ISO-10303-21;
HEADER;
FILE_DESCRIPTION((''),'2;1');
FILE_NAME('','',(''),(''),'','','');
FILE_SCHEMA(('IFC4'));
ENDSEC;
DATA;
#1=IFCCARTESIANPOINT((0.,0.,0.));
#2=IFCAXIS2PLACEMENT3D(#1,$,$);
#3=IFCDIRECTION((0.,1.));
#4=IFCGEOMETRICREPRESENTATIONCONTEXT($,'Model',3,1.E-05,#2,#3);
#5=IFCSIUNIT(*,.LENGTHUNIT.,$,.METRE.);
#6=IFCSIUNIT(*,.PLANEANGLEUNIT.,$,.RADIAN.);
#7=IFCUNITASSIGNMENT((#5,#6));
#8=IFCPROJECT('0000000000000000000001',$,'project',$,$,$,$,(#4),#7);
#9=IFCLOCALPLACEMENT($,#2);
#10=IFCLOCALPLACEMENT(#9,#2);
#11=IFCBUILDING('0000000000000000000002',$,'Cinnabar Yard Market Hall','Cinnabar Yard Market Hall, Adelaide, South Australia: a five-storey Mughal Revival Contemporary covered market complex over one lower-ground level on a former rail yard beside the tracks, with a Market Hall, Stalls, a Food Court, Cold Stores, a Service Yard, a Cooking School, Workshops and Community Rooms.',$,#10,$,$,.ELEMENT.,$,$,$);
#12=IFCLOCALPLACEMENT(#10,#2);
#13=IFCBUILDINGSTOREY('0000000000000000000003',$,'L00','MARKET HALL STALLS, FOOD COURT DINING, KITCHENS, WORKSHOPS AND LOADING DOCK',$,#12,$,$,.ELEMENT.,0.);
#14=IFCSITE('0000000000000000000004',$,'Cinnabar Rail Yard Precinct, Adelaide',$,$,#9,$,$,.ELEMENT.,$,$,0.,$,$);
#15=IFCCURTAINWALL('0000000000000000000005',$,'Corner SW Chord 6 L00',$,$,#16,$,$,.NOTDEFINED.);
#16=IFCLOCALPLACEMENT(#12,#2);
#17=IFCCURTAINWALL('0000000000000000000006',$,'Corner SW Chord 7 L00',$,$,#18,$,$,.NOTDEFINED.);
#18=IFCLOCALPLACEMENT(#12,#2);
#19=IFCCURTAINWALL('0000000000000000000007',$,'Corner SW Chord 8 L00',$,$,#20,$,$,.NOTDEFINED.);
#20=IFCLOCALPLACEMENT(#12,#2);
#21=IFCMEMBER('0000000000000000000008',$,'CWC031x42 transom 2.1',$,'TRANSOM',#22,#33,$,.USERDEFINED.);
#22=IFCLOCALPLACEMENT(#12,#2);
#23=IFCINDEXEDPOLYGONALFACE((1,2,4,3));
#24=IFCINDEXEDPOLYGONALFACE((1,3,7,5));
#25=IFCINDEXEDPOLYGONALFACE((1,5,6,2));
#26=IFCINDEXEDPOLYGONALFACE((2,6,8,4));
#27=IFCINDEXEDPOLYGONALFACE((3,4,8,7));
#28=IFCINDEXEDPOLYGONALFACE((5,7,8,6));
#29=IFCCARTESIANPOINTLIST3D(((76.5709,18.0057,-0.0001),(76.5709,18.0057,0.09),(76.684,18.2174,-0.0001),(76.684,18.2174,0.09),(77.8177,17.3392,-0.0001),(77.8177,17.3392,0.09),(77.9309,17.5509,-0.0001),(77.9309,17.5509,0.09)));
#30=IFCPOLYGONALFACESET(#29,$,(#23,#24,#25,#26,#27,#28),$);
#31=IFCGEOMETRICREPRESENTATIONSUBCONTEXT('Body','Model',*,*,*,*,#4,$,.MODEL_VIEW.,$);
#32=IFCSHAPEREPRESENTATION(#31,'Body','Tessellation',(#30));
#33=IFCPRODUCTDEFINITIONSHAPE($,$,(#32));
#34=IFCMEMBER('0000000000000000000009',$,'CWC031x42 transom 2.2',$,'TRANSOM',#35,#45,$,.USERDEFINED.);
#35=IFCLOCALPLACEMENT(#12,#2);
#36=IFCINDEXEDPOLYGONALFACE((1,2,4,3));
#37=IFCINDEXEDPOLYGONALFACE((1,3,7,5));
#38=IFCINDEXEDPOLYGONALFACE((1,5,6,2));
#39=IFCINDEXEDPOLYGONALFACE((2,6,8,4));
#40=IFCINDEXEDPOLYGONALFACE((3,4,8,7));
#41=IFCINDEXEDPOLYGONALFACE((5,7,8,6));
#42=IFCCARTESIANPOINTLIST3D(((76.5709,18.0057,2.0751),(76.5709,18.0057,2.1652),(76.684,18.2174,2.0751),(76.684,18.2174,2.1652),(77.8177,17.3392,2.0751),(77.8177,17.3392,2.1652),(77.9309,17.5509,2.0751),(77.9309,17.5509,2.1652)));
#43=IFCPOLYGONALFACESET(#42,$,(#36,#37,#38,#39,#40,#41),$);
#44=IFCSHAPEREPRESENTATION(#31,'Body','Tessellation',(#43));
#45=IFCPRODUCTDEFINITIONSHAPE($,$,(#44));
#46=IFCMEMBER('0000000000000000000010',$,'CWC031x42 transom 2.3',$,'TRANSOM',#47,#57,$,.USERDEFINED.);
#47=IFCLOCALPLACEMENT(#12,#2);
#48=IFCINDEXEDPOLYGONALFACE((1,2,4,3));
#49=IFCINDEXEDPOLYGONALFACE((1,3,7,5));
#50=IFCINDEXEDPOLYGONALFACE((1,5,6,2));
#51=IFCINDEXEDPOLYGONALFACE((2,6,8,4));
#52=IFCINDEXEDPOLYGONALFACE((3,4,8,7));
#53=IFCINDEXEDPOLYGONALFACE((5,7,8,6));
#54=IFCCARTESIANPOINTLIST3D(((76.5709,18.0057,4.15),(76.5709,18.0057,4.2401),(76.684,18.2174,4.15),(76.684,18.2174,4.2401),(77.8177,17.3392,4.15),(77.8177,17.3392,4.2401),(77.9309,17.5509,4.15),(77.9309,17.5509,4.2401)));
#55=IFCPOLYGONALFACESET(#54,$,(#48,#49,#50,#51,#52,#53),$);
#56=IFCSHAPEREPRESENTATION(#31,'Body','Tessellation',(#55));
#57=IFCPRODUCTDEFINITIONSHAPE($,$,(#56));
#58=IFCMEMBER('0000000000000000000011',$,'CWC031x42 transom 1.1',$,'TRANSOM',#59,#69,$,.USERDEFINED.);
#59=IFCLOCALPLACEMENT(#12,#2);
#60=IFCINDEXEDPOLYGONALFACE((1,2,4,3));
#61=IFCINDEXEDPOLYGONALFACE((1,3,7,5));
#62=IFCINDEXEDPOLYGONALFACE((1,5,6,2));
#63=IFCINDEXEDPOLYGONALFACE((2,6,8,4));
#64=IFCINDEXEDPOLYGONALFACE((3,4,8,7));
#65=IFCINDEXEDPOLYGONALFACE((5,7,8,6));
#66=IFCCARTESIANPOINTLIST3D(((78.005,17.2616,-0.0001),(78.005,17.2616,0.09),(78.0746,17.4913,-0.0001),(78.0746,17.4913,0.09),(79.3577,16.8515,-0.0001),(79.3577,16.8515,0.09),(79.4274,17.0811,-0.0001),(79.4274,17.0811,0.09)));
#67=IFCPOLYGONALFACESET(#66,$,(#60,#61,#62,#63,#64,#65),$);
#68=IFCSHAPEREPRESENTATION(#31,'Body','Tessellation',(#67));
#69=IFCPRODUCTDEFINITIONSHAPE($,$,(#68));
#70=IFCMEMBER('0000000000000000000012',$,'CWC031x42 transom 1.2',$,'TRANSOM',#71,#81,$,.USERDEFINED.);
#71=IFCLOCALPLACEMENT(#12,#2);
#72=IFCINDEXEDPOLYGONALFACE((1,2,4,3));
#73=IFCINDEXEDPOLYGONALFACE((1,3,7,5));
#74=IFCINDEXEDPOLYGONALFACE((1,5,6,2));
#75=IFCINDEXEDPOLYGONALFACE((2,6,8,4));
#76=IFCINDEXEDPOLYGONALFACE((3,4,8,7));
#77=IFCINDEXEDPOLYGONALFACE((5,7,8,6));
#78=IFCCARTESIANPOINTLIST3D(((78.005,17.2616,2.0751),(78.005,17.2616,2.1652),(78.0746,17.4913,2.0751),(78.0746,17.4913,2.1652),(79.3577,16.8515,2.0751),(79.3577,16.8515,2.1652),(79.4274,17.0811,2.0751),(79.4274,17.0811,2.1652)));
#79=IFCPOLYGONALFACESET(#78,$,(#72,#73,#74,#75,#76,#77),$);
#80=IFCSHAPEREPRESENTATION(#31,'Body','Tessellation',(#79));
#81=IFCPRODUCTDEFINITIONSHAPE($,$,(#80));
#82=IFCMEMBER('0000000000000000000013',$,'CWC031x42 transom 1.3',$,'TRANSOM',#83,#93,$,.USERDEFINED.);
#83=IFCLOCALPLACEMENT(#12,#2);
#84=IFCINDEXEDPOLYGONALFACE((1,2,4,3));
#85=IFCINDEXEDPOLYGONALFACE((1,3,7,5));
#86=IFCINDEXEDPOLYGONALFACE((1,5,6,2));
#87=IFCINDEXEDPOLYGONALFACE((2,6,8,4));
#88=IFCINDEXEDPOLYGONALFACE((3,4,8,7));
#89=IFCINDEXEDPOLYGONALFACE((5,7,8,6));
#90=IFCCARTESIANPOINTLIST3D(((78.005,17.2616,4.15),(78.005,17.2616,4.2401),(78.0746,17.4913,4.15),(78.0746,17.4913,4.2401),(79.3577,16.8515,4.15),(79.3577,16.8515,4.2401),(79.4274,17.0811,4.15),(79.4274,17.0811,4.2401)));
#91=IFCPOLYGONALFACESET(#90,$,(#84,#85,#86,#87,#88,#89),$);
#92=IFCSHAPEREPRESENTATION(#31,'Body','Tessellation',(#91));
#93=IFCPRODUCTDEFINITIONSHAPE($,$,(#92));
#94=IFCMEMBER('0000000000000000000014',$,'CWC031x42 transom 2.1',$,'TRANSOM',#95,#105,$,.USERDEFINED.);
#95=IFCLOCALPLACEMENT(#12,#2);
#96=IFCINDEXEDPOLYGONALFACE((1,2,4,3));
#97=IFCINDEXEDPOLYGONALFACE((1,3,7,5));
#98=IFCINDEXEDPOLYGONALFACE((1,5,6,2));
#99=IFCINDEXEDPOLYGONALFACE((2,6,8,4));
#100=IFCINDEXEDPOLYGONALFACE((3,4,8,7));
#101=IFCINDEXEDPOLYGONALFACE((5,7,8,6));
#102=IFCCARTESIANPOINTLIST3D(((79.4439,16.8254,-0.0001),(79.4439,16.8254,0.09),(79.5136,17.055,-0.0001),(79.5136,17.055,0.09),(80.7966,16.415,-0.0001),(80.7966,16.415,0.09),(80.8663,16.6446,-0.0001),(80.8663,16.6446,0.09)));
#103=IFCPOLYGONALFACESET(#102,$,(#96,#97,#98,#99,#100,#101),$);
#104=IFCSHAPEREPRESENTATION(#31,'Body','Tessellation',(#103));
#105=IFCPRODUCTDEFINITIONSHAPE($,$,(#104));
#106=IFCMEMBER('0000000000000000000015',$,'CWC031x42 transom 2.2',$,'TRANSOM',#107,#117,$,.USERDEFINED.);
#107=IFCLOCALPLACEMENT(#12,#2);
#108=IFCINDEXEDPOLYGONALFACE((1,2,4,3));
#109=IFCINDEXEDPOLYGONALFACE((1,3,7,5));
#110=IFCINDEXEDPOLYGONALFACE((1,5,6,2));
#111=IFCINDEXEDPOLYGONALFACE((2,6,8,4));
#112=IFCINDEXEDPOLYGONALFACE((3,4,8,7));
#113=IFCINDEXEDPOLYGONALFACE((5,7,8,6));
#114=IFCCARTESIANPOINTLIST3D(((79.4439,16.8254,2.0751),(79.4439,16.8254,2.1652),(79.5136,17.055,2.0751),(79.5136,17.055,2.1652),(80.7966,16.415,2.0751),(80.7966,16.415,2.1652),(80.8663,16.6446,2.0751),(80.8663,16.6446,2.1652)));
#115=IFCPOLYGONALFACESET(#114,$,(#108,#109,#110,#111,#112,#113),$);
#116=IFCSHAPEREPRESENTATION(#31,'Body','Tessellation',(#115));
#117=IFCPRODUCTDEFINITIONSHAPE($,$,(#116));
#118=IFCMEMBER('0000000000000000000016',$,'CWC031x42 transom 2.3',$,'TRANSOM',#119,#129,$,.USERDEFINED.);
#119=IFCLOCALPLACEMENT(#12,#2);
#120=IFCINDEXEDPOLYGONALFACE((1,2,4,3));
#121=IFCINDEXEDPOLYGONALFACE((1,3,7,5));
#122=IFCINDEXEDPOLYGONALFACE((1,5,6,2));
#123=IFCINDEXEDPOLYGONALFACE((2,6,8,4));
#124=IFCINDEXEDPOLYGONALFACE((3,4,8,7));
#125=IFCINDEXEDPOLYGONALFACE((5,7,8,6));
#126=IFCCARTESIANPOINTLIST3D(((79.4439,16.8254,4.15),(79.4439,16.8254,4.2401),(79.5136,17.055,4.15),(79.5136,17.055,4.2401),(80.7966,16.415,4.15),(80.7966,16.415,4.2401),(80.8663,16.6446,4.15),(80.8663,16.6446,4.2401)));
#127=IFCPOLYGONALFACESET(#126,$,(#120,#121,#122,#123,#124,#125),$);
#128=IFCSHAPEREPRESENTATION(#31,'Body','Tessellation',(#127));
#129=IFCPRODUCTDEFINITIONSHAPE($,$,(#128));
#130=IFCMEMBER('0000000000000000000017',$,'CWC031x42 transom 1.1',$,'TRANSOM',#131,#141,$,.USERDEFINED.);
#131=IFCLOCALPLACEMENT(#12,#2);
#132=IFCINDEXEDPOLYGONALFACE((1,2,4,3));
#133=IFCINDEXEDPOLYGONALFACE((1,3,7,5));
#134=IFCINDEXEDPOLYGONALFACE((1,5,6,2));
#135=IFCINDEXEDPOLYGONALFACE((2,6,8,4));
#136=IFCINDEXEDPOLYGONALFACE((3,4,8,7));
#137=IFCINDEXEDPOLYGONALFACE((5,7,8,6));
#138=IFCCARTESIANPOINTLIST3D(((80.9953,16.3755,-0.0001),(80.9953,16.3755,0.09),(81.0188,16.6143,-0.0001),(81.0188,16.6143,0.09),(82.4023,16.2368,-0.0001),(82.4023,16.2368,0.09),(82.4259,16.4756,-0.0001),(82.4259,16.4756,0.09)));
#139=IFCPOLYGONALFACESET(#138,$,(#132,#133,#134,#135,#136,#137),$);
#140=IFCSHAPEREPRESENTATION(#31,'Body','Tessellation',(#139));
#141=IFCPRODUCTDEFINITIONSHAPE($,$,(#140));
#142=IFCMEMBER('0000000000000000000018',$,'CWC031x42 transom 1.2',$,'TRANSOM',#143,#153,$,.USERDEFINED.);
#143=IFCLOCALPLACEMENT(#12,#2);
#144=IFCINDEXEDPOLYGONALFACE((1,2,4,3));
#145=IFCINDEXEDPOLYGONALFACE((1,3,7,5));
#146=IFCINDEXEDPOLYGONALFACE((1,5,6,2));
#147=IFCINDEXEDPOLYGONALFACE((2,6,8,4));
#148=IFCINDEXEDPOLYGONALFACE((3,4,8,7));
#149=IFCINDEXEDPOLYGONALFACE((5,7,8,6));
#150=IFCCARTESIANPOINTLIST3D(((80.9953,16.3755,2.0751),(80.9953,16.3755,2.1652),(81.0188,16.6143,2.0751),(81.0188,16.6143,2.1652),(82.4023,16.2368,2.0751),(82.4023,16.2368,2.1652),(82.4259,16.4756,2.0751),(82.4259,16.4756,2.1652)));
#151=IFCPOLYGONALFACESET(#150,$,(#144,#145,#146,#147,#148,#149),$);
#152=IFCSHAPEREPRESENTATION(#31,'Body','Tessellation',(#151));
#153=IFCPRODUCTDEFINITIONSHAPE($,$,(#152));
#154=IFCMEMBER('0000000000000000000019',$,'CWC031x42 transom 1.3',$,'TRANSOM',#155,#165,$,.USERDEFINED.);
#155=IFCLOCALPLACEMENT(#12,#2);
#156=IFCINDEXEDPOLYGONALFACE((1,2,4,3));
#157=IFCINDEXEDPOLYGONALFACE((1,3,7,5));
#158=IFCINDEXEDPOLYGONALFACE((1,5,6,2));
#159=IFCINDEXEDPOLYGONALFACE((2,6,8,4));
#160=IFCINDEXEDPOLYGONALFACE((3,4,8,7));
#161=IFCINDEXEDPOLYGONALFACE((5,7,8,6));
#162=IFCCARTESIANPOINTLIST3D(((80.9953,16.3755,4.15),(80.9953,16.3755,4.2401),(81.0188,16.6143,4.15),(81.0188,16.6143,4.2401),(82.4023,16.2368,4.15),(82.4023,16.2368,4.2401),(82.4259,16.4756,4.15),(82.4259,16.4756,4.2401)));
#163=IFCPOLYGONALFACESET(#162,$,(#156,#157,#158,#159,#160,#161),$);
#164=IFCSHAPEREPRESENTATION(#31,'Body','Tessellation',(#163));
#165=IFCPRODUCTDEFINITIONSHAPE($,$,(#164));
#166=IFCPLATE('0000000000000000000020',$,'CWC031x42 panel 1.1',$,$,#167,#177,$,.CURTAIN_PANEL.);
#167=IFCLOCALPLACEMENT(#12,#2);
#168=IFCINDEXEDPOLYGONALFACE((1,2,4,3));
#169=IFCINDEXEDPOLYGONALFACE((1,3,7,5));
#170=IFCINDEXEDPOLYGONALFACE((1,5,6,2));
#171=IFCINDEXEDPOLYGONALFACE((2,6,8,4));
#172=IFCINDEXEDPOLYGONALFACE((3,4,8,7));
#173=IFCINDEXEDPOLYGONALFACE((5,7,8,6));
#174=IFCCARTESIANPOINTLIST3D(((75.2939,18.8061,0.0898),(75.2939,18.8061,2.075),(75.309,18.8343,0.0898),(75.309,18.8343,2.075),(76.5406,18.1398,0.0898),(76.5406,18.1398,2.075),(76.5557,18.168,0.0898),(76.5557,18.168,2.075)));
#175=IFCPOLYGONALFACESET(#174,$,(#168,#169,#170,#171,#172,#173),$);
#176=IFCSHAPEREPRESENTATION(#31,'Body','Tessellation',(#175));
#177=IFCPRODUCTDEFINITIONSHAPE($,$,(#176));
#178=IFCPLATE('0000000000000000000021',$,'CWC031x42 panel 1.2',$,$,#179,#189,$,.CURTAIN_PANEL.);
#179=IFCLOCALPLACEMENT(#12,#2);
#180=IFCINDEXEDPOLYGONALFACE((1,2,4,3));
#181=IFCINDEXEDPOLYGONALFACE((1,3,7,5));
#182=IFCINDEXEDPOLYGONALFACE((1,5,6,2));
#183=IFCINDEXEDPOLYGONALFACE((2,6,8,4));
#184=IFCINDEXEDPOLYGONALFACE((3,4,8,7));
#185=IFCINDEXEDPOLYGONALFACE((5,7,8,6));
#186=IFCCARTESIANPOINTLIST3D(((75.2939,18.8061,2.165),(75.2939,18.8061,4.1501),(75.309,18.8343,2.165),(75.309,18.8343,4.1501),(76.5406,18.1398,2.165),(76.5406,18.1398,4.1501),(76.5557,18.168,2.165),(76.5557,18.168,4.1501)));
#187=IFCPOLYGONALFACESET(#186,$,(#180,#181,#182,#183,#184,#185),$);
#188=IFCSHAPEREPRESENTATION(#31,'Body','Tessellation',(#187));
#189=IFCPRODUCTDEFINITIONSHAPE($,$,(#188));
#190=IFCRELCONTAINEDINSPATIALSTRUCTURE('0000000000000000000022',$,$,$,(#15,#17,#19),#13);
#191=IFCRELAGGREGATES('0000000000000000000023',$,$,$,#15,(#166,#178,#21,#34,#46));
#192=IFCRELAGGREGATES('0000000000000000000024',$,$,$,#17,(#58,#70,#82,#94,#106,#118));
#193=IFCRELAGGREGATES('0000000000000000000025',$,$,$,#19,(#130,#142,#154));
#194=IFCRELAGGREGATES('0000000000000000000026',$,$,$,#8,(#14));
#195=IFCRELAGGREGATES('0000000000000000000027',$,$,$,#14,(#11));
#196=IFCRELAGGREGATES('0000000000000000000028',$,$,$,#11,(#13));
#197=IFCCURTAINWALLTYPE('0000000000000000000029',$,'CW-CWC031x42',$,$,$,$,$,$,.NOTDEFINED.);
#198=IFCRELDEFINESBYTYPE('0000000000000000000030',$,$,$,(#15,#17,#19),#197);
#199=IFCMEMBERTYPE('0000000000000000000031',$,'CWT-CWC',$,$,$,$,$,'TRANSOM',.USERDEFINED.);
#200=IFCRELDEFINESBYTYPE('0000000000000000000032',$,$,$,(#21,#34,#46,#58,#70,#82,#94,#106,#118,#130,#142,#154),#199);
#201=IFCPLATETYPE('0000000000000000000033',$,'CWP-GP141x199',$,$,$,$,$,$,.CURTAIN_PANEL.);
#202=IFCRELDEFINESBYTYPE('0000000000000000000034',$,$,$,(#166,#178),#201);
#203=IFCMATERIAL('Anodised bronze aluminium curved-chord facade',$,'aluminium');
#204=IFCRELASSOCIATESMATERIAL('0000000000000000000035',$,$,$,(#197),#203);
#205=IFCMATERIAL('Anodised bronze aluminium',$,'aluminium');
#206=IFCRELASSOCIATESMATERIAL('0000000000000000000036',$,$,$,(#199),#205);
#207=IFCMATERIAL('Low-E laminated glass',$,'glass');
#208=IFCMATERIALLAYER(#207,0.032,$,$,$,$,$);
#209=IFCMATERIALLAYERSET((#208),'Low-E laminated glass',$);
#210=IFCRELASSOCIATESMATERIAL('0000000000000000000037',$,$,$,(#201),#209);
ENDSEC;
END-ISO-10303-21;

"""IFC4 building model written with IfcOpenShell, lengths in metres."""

from ifc_helpers import new_model, si_unit, direction, frame, origin, origin_2d_with_axis, place, context, subcontext, project, spatial, rectangle, extrude, material, layer, layer_set, material_profile, profile_set, type_object, element, aggregate, save


model = new_model("IFC4")

# Units and contexts
model_context = context("Model", 3, precision=1e-05, world=origin(), true_north=direction((0.0, 1.0)))
body_context = subcontext(model_context, "Body", "Model", "MODEL_VIEW")
ifc_project = project(units=[si_unit("LENGTHUNIT", "METRE"), si_unit("PLANEANGLEUNIT", "RADIAN")], contexts=[model_context])

# Site, building, storey
site_placement = place(None, origin())
site = spatial("IfcSite", under=ifc_project, at=site_placement, Name="Cinnabar Rail Yard Precinct, Adelaide", CompositionType="ELEMENT", RefElevation=0.0)
building_placement = place(site_placement, origin())
building = spatial("IfcBuilding", under=site, at=building_placement, Name="Cinnabar Yard Market Hall", Description="Cinnabar Yard Market Hall, Adelaide, South Australia: a five-storey Mughal Revival Contemporary covered market complex over one lower-ground level on a former rail yard beside the tracks, with a Market Hall, Stalls, a Food Court, Cold Stores, a Service Yard, a Cooking School, Workshops and Community Rooms.", CompositionType="ELEMENT")
storey_placement = place(building_placement, origin())
storey = spatial("IfcBuildingStorey", under=building, at=storey_placement, Name="L00", Description="MARKET HALL STALLS, FOOD COURT DINING, KITCHENS, WORKSHOPS AND LOADING DOCK", CompositionType="ELEMENT", Elevation=0.0)

# Curtain walls
ifc_material_1 = material(Name="Anodised bronze aluminium curved-chord facade", Category="aluminium")
curtain_wall_type = type_object("IfcCurtainWallType", Name="CW-CWC031x42", PredefinedType="NOTDEFINED", material=ifc_material_1)
curtain_wall_1_placement = place(storey_placement, origin())
curtain_wall_1 = element("IfcCurtainWall", 1, at=curtain_wall_1_placement, inside=storey, type_object=curtain_wall_type, Name="Corner SW Chord 6 L00", PredefinedType="NOTDEFINED")
ifc_material_2 = material(Name="Anodised bronze aluminium", Category="aluminium")
curtain_wall_2_placement = place(storey_placement, origin())
curtain_wall_2 = element("IfcCurtainWall", 2, at=curtain_wall_2_placement, inside=storey, type_object=curtain_wall_type, Name="Corner SW Chord 7 L00", PredefinedType="NOTDEFINED")

# Curtain wall
curtain_wall_3_placement = place(storey_placement, origin())
curtain_wall_3 = element("IfcCurtainWall", 3, at=curtain_wall_3_placement, inside=storey, type_object=curtain_wall_type, Name="Corner SW Chord 8 L00", PredefinedType="NOTDEFINED")

# Members
ifc_material_profile_1 = material_profile(ifc_material_2, rectangle(XDim=0.24, YDim=0.0901, at=origin_2d_with_axis()), Name="TRN-CWC")
ifc_profile_set_1 = profile_set([ifc_material_profile_1], Name="Anodised bronze aluminium")
member_type_1 = type_object("IfcMemberType", Name="CWT-CWC", ElementType="TRANSOM", PredefinedType="USERDEFINED", material=ifc_profile_set_1)
member_1_placement = place(storey_placement, frame((76.6274, 18.1116, 0.0449), z_axis=(0.881903, -0.471431, 0.0), x_axis=(0.471431, 0.881903, 0.0)))
member_1 = element("IfcMember", 4, at=member_1_placement, type_object=member_type_1, Name="CWC031x42 transom 2.1", ObjectType="TRANSOM", PredefinedType="USERDEFINED", context=body_context, shape_type="SweptSolid", body=[
    extrude(rectangle(XDim=0.24, YDim=0.0901, at=origin_2d_with_axis()), origin(), (0.0, 0.0, 1.0), 1.4138),
])
member_2_placement = place(storey_placement, frame((76.6274, 18.1116, 2.1201), z_axis=(0.881903, -0.471431, 0.0), x_axis=(0.471431, 0.881903, 0.0)))
member_2 = element("IfcMember", 5, at=member_2_placement, type_object=member_type_1, Name="CWC031x42 transom 2.2", ObjectType="TRANSOM", PredefinedType="USERDEFINED", context=body_context, shape_type="SweptSolid", body=[
    extrude(rectangle(XDim=0.24, YDim=0.0901, at=origin_2d_with_axis()), origin(), (0.0, 0.0, 1.0), 1.4138),
])
member_3_placement = place(storey_placement, frame((76.6274, 18.1116, 4.1951), z_axis=(0.881903, -0.471431, 0.0), x_axis=(0.471431, 0.881903, 0.0)))
member_3 = element("IfcMember", 6, at=member_3_placement, type_object=member_type_1, Name="CWC031x42 transom 2.3", ObjectType="TRANSOM", PredefinedType="USERDEFINED", context=body_context, shape_type="SweptSolid", body=[
    extrude(rectangle(XDim=0.24, YDim=0.0901, at=origin_2d_with_axis()), origin(), (0.0, 0.0, 1.0), 1.4138),
])
member_4_placement = place(storey_placement, frame((78.0398, 17.3765, 0.0449), z_axis=(0.956981, -0.290151, 0.0), x_axis=(0.290151, 0.956981, 0.0)))
member_4 = element("IfcMember", 7, at=member_4_placement, type_object=member_type_1, Name="CWC031x42 transom 1.1", ObjectType="TRANSOM", PredefinedType="USERDEFINED", context=body_context, shape_type="SweptSolid", body=[
    extrude(rectangle(XDim=0.24, YDim=0.0901, at=origin_2d_with_axis()), origin(), (0.0, 0.0, 1.0), 1.4136),
])
member_5_placement = place(storey_placement, frame((78.0398, 17.3765, 2.1201), z_axis=(0.956981, -0.290151, 0.0), x_axis=(0.290151, 0.956981, 0.0)))
member_5 = element("IfcMember", 8, at=member_5_placement, type_object=member_type_1, Name="CWC031x42 transom 1.2", ObjectType="TRANSOM", PredefinedType="USERDEFINED", context=body_context, shape_type="SweptSolid", body=[
    extrude(rectangle(XDim=0.24, YDim=0.0901, at=origin_2d_with_axis()), origin(), (0.0, 0.0, 1.0), 1.4136),
])
member_6_placement = place(storey_placement, frame((78.0398, 17.3765, 4.1951), z_axis=(0.956981, -0.290151, 0.0), x_axis=(0.290151, 0.956981, 0.0)))
member_6 = element("IfcMember", 9, at=member_6_placement, type_object=member_type_1, Name="CWC031x42 transom 1.3", ObjectType="TRANSOM", PredefinedType="USERDEFINED", context=body_context, shape_type="SweptSolid", body=[
    extrude(rectangle(XDim=0.24, YDim=0.0901, at=origin_2d_with_axis()), origin(), (0.0, 0.0, 1.0), 1.4136),
])
member_7_placement = place(storey_placement, frame((79.4788, 16.9402, 0.0449), z_axis=(0.956933, -0.290309, 0.0), x_axis=(0.290309, 0.956933, 0.0)))
member_7 = element("IfcMember", 10, at=member_7_placement, type_object=member_type_1, Name="CWC031x42 transom 2.1", ObjectType="TRANSOM", PredefinedType="USERDEFINED", context=body_context, shape_type="SweptSolid", body=[
    extrude(rectangle(XDim=0.24, YDim=0.0901, at=origin_2d_with_axis()), origin(), (0.0, 0.0, 1.0), 1.4136),
])
member_8_placement = place(storey_placement, frame((79.4788, 16.9402, 2.1201), z_axis=(0.956933, -0.290309, 0.0), x_axis=(0.290309, 0.956933, 0.0)))
member_8 = element("IfcMember", 11, at=member_8_placement, type_object=member_type_1, Name="CWC031x42 transom 2.2", ObjectType="TRANSOM", PredefinedType="USERDEFINED", context=body_context, shape_type="SweptSolid", body=[
    extrude(rectangle(XDim=0.24, YDim=0.0901, at=origin_2d_with_axis()), origin(), (0.0, 0.0, 1.0), 1.4136),
])
member_9_placement = place(storey_placement, frame((79.4788, 16.9402, 4.1951), z_axis=(0.956933, -0.290309, 0.0), x_axis=(0.290309, 0.956933, 0.0)))
member_9 = element("IfcMember", 12, at=member_9_placement, type_object=member_type_1, Name="CWC031x42 transom 2.3", ObjectType="TRANSOM", PredefinedType="USERDEFINED", context=body_context, shape_type="SweptSolid", body=[
    extrude(rectangle(XDim=0.24, YDim=0.0901, at=origin_2d_with_axis()), origin(), (0.0, 0.0, 1.0), 1.4136),
])
member_10_placement = place(storey_placement, frame((81.0071, 16.4949, 0.0449), z_axis=(0.995178, -0.098085, 0.0), x_axis=(0.098085, 0.995178, 0.0)))
member_10 = element("IfcMember", 13, at=member_10_placement, type_object=member_type_1, Name="CWC031x42 transom 1.1", ObjectType="TRANSOM", PredefinedType="USERDEFINED", context=body_context, shape_type="SweptSolid", body=[
    extrude(rectangle(XDim=0.24, YDim=0.0901, at=origin_2d_with_axis()), origin(), (0.0, 0.0, 1.0), 1.4138),
])
member_11_placement = place(storey_placement, frame((81.0071, 16.4949, 2.1201), z_axis=(0.995178, -0.098085, 0.0), x_axis=(0.098085, 0.995178, 0.0)))
member_11 = element("IfcMember", 14, at=member_11_placement, type_object=member_type_1, Name="CWC031x42 transom 1.2", ObjectType="TRANSOM", PredefinedType="USERDEFINED", context=body_context, shape_type="SweptSolid", body=[
    extrude(rectangle(XDim=0.24, YDim=0.0901, at=origin_2d_with_axis()), origin(), (0.0, 0.0, 1.0), 1.4138),
])
member_12_placement = place(storey_placement, frame((81.0071, 16.4949, 4.1951), z_axis=(0.995178, -0.098085, 0.0), x_axis=(0.098085, 0.995178, 0.0)))
member_12 = element("IfcMember", 15, at=member_12_placement, type_object=member_type_1, Name="CWC031x42 transom 1.3", ObjectType="TRANSOM", PredefinedType="USERDEFINED", context=body_context, shape_type="SweptSolid", body=[
    extrude(rectangle(XDim=0.24, YDim=0.0901, at=origin_2d_with_axis()), origin(), (0.0, 0.0, 1.0), 1.4138),
])

# Plates
ifc_material_3 = material(Name="Low-E laminated glass", Category="glass")
ifc_layer = layer(ifc_material_3, 0.032)
ifc_layer_set = layer_set([ifc_layer], Name="Low-E laminated glass")
plate_type = type_object("IfcPlateType", Name="CWP-GP141x199", PredefinedType="CURTAIN_PANEL", material=ifc_layer_set)
plate_1_placement = place(storey_placement, frame((75.9248, 18.4871, 0.0898), z_axis=(0.0, 0.0, 1.0), x_axis=(0.881917, -0.471404, 0.0)))
plate_1 = element("IfcPlate", 16, at=plate_1_placement, type_object=plate_type, Name="CWC031x42 panel 1.1", PredefinedType="CURTAIN_PANEL", context=body_context, shape_type="SweptSolid", body=[
    extrude(rectangle(XDim=1.4136, YDim=0.032, at=origin_2d_with_axis()), origin(), (0.0, 0.0, 1.0), 1.9851),
])
plate_2_placement = place(storey_placement, frame((75.9248, 18.4871, 2.165), z_axis=(0.0, 0.0, 1.0), x_axis=(0.881917, -0.471404, 0.0)))
plate_2 = element("IfcPlate", 17, at=plate_2_placement, type_object=plate_type, Name="CWC031x42 panel 1.2", PredefinedType="CURTAIN_PANEL", context=body_context, shape_type="SweptSolid", body=[
    extrude(rectangle(XDim=1.4136, YDim=0.032, at=origin_2d_with_axis()), origin(), (0.0, 0.0, 1.0), 1.9851),
])
aggregate(curtain_wall_1, [plate_1, plate_2, member_1, member_2, member_3])
aggregate(curtain_wall_2, [member_4, member_5, member_6, member_7, member_8, member_9])
aggregate(curtain_wall_3, [member_10, member_11, member_12])

save(model, "model.ifc")
